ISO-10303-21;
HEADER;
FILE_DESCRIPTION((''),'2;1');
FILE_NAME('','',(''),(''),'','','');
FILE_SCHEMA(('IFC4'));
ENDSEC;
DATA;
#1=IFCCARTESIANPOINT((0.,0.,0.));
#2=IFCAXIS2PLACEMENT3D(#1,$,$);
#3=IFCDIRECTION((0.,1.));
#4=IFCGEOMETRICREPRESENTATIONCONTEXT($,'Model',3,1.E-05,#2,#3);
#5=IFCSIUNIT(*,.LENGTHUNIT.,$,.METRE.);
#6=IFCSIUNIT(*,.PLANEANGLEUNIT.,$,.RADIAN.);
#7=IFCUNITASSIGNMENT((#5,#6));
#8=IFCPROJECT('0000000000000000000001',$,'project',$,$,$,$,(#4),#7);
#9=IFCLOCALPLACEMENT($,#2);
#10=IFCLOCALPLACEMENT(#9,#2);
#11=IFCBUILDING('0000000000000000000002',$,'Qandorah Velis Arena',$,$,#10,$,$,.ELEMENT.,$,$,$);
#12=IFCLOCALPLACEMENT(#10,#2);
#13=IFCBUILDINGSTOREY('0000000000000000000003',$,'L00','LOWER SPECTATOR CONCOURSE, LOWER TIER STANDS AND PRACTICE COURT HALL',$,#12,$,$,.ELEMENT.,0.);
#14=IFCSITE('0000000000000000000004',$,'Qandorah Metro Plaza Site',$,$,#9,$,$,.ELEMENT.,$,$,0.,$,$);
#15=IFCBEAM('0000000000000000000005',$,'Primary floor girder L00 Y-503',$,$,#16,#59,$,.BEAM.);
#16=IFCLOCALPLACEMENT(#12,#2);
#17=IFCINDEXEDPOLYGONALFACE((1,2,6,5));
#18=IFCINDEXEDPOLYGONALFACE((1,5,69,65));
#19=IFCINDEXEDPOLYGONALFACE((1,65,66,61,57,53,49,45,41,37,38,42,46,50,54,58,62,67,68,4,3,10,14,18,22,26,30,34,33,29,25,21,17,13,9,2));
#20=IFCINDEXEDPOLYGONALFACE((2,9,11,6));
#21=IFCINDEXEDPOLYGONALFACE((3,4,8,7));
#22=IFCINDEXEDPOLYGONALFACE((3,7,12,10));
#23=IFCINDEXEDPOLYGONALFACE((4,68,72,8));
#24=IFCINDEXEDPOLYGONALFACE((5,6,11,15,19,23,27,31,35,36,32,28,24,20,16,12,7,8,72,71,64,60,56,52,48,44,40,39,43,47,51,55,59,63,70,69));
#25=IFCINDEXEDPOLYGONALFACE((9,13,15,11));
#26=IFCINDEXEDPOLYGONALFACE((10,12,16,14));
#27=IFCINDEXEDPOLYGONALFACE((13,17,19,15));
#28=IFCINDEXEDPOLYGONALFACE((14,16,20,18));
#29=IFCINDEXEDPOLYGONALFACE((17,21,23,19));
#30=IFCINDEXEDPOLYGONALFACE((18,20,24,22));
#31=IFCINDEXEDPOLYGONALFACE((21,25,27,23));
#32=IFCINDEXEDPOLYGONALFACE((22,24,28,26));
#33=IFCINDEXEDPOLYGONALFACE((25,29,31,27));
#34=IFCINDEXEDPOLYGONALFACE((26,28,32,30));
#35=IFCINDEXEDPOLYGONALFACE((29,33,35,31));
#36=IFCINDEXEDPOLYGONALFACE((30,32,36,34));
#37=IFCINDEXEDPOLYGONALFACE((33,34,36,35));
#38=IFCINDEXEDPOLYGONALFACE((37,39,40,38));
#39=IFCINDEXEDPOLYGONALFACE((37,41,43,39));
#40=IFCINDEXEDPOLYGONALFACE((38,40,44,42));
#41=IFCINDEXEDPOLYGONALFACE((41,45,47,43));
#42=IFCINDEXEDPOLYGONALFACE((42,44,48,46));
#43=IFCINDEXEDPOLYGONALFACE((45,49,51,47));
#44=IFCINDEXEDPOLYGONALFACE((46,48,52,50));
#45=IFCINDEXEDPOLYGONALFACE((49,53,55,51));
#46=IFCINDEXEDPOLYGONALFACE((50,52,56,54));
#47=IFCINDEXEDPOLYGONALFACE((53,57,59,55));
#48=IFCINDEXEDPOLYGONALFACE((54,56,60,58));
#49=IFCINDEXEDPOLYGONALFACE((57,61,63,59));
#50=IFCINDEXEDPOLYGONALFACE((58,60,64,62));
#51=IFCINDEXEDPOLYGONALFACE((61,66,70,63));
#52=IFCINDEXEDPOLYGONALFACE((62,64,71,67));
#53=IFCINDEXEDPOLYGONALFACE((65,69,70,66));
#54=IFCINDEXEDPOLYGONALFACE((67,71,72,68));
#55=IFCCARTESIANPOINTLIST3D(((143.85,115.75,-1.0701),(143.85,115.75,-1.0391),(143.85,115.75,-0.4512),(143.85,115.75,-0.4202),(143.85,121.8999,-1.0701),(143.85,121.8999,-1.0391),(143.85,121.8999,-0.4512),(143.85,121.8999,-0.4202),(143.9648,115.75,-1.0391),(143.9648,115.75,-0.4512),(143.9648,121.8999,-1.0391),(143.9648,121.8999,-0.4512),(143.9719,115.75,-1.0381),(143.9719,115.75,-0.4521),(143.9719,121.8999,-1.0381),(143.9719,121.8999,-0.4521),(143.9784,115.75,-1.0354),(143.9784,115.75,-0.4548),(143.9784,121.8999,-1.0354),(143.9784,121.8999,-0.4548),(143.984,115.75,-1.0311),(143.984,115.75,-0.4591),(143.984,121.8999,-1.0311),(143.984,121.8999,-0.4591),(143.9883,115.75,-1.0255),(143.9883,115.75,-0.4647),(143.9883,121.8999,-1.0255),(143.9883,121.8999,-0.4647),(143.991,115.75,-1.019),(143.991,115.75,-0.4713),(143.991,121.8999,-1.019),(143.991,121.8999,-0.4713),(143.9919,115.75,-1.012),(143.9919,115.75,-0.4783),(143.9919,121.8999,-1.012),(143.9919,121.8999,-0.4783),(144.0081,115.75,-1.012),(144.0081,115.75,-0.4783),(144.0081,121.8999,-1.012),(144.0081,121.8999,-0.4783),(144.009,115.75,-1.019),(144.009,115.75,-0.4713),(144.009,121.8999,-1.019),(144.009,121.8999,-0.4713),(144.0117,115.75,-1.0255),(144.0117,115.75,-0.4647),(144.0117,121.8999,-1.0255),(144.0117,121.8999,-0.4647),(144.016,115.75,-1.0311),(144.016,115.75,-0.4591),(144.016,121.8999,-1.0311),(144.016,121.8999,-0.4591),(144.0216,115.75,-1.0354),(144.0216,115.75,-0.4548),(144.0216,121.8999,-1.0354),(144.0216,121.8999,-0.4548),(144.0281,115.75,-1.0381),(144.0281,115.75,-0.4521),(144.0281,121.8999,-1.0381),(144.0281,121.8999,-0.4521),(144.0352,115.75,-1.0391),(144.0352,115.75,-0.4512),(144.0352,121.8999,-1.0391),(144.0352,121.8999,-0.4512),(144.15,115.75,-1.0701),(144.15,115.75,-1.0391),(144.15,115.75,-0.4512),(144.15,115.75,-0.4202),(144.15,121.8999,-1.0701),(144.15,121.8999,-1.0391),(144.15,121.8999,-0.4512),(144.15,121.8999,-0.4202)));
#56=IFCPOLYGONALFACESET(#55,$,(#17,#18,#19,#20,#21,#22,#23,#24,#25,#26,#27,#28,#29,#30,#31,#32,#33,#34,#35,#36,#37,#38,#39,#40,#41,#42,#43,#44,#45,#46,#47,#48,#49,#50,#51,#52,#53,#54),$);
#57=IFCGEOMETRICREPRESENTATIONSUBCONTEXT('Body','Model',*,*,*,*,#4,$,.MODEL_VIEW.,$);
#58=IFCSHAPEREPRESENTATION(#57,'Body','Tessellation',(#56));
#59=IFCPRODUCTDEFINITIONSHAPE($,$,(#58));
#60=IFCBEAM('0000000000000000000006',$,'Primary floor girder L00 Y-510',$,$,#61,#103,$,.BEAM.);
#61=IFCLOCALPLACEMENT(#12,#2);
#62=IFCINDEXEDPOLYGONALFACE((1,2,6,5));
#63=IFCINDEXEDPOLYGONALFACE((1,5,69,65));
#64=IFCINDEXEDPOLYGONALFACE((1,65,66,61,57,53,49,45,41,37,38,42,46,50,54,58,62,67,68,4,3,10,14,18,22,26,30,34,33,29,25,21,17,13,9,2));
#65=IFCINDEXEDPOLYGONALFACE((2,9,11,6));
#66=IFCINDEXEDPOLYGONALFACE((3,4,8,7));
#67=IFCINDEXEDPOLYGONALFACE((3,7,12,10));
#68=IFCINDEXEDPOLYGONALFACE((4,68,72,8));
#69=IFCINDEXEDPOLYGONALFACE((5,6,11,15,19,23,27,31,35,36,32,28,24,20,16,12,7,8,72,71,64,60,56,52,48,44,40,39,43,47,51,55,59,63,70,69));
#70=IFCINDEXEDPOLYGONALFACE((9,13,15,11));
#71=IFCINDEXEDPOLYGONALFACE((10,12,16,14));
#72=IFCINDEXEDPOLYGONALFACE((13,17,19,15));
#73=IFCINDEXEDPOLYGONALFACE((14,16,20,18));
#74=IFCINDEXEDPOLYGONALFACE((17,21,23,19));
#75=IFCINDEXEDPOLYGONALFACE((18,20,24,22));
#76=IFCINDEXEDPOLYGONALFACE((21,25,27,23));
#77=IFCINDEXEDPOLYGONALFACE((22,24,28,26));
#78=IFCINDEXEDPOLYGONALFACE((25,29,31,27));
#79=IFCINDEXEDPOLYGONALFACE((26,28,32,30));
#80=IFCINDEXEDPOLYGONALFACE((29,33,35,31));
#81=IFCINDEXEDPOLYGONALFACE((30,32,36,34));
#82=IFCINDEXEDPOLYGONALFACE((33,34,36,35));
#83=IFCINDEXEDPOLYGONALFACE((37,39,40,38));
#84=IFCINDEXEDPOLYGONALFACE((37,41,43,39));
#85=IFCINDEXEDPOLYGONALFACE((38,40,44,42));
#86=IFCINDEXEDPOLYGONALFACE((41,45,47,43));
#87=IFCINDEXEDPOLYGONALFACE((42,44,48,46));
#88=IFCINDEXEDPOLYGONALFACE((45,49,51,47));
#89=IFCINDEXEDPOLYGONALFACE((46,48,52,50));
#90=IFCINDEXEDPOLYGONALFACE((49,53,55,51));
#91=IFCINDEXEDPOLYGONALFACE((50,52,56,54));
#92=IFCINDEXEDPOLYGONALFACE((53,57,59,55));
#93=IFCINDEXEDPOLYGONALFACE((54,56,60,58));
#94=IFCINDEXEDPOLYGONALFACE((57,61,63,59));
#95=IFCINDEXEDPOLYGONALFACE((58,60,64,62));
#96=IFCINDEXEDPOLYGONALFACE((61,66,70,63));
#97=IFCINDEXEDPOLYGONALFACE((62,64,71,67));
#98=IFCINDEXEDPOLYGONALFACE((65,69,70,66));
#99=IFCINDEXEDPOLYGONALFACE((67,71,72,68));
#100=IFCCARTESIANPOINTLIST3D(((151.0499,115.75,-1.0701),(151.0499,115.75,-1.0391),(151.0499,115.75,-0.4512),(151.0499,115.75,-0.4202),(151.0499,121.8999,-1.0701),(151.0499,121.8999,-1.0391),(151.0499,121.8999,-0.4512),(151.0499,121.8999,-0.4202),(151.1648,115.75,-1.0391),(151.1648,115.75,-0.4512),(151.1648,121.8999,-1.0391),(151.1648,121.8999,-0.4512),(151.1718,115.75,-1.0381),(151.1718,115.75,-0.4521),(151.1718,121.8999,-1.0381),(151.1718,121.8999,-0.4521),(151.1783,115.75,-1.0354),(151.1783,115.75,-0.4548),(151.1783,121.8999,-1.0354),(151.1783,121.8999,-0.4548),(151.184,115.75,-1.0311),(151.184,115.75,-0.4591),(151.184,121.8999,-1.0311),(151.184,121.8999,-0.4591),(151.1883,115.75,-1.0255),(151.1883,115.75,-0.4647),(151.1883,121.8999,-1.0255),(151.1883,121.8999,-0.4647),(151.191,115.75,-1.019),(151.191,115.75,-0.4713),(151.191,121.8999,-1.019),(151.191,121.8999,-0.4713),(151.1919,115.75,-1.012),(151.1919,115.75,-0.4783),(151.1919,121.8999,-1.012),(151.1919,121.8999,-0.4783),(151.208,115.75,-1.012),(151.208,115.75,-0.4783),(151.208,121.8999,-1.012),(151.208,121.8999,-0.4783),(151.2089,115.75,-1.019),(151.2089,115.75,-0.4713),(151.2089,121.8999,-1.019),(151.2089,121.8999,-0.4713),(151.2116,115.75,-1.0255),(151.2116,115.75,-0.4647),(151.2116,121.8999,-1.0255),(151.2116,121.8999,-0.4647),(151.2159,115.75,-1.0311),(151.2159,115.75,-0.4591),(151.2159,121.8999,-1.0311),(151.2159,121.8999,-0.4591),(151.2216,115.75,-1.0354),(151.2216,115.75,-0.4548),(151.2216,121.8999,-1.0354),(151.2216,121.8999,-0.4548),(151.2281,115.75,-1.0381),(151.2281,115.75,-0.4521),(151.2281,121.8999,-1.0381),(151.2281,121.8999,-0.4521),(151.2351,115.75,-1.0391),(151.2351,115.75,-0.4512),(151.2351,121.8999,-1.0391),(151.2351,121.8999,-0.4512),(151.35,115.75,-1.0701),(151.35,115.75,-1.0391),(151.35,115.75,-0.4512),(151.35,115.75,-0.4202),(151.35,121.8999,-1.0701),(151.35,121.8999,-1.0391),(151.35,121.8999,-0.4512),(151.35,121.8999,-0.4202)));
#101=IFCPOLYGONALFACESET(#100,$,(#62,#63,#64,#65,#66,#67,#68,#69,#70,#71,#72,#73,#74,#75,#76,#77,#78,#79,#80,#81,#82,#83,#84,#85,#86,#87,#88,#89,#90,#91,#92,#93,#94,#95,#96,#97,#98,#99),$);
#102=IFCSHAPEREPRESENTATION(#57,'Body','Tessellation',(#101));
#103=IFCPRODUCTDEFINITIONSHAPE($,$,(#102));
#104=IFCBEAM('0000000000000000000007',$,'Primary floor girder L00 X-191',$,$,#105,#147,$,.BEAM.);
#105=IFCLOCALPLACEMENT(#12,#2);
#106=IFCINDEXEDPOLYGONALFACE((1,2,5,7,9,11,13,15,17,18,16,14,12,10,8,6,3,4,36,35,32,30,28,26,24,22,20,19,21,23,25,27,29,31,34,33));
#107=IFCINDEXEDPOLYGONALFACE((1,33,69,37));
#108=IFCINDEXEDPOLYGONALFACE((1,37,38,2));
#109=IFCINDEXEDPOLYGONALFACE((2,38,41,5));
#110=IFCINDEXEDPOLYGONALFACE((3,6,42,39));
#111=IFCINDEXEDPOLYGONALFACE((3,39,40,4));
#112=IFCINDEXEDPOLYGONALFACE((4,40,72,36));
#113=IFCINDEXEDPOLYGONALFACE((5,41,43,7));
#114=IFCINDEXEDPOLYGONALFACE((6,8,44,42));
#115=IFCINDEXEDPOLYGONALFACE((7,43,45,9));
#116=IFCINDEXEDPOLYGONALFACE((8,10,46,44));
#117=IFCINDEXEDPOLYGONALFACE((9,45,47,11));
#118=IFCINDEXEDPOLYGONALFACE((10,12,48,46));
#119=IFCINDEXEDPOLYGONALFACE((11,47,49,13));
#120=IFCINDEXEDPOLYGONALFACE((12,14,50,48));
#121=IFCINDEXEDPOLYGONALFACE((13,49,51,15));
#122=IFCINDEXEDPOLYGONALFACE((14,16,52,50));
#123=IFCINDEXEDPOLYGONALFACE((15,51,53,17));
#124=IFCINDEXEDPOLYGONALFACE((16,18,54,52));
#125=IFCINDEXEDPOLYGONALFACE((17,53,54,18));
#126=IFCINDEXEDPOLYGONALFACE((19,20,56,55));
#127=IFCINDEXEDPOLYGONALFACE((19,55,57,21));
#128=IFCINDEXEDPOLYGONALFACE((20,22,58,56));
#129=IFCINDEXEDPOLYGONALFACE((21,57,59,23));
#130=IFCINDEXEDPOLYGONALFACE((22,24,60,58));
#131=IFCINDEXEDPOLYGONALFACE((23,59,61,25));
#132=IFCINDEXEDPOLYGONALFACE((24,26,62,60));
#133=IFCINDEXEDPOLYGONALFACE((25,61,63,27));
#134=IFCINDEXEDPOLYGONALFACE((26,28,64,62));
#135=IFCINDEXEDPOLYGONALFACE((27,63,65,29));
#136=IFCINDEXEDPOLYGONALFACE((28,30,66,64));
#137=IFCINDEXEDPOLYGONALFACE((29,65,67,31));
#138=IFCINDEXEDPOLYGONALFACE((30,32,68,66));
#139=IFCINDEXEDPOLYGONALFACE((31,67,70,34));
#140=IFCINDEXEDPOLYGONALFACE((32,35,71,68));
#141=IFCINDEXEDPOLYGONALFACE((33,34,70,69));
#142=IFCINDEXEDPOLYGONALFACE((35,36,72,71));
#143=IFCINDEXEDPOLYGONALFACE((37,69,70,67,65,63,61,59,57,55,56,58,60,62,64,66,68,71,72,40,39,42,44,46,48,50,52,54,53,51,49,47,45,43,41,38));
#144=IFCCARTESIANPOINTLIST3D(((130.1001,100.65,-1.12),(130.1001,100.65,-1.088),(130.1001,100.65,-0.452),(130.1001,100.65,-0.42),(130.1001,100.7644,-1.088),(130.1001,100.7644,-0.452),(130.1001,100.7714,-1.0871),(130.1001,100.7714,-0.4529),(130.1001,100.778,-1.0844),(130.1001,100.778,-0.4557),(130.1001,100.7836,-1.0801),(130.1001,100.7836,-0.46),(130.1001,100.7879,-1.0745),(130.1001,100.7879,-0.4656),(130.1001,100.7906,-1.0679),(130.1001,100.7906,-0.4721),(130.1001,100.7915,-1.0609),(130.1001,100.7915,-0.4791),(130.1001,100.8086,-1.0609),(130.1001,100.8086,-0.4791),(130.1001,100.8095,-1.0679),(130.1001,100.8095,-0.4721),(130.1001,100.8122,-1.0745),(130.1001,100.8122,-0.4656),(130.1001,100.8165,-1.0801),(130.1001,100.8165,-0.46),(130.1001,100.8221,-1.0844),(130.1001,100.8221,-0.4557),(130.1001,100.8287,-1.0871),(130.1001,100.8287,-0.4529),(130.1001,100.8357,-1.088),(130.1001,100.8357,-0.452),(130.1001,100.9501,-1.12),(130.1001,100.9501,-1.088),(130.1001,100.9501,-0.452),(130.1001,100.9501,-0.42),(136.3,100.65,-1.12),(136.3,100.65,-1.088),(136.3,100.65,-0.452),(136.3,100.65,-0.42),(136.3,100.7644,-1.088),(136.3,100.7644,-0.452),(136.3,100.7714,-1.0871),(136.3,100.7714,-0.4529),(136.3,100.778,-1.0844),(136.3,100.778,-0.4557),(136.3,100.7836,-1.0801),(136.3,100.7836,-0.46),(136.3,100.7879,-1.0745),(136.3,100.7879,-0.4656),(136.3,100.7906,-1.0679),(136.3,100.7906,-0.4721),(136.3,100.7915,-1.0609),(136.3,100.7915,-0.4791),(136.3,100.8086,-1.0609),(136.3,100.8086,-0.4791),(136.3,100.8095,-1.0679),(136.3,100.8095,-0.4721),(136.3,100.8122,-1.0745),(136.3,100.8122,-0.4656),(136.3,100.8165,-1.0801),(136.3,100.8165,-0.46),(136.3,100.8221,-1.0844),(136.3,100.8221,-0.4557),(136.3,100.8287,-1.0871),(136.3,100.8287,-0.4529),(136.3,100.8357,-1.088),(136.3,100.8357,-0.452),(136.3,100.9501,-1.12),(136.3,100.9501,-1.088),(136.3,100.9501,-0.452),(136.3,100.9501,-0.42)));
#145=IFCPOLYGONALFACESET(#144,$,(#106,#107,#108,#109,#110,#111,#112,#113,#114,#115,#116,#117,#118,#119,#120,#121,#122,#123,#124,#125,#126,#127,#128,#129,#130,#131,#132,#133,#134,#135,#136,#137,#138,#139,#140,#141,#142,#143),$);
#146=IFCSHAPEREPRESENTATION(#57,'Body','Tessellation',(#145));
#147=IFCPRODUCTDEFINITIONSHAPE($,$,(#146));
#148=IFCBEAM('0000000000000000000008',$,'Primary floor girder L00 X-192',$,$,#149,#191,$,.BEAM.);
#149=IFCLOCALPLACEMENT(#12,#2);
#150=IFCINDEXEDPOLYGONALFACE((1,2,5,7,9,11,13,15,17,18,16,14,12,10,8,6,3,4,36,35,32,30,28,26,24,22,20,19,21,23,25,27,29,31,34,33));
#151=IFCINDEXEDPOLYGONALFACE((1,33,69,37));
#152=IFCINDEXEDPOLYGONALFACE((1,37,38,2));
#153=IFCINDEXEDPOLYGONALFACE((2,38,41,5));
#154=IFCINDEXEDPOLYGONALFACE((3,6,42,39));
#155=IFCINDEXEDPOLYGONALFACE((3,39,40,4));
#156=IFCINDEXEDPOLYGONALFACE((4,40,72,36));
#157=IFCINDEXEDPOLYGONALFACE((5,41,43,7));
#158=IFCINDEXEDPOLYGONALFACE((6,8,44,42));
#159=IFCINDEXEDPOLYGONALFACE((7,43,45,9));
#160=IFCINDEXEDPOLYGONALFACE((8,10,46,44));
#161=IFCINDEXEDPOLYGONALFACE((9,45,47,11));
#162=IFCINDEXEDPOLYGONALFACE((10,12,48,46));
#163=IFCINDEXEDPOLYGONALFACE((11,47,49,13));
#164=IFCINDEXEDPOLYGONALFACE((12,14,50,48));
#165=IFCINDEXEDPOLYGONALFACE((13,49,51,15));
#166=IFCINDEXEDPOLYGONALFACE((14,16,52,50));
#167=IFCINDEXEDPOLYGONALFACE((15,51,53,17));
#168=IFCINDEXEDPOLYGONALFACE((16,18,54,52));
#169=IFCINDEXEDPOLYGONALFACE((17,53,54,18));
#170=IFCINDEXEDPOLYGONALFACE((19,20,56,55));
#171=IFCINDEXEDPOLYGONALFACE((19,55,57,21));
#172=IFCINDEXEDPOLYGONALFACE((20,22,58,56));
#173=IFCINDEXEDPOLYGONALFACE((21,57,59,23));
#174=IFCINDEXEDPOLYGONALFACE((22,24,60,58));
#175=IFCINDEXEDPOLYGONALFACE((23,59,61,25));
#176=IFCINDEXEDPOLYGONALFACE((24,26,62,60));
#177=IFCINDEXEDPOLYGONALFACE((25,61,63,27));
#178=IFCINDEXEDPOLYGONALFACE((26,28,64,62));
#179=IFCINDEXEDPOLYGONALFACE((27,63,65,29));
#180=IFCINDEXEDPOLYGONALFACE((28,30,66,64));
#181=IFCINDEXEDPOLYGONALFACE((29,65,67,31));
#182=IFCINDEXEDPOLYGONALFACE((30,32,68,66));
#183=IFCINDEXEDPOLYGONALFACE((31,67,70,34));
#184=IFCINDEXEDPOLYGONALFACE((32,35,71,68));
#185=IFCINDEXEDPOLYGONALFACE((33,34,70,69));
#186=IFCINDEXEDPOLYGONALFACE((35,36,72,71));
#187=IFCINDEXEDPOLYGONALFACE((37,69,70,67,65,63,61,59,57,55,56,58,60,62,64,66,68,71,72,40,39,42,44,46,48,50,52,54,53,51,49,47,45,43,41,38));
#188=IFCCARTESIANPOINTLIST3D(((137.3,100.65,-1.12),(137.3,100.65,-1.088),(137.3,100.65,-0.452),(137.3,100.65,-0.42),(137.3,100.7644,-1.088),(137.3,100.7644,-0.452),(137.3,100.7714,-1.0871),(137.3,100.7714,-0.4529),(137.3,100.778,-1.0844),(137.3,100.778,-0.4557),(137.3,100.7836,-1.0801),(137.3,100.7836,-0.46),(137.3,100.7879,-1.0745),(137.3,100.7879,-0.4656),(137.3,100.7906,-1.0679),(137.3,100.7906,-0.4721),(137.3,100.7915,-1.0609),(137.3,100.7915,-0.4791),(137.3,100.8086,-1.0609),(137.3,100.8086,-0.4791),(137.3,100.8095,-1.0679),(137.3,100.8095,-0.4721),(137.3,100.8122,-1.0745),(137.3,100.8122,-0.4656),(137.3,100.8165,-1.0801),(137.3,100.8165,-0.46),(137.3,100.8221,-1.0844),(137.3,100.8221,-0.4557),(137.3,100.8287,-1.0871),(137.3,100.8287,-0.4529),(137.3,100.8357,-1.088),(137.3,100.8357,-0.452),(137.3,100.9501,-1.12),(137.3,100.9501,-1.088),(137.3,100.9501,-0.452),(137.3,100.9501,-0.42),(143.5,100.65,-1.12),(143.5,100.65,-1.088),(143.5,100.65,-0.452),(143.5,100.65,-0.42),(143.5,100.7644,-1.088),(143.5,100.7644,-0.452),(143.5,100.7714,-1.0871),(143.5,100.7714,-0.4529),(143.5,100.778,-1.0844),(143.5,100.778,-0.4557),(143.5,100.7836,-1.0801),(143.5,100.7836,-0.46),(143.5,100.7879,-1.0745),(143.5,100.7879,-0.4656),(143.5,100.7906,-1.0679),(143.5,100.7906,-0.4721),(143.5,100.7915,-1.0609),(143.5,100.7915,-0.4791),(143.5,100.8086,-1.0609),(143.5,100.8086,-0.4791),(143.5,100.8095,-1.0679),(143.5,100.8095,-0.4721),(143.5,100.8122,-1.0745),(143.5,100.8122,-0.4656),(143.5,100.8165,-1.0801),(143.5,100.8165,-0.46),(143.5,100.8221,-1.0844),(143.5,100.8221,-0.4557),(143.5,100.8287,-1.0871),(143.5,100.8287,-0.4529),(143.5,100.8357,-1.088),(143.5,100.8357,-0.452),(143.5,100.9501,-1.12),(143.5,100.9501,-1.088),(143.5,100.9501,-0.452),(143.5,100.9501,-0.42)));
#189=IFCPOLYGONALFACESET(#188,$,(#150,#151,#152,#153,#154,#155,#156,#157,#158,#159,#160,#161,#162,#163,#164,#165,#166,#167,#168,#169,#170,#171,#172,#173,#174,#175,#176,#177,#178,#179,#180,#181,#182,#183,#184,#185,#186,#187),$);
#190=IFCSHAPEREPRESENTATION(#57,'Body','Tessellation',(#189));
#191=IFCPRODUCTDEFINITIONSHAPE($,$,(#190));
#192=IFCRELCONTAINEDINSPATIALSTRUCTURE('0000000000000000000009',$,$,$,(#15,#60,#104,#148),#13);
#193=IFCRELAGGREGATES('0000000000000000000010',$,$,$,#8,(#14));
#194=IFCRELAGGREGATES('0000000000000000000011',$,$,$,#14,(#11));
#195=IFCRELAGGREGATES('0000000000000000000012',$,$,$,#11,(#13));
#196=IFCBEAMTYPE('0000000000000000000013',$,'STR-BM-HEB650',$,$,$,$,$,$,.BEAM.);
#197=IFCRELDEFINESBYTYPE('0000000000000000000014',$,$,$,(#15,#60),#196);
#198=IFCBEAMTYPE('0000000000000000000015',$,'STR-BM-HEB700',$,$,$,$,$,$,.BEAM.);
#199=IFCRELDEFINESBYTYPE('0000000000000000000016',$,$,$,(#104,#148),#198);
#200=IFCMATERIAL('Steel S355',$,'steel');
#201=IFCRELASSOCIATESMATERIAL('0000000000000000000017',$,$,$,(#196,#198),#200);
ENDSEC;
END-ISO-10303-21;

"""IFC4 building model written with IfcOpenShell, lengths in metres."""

from ifc_helpers import new_model, si_unit, direction, frame, origin, origin_2d, place, context, subcontext, project, spatial, i_section, extrude, material, material_profile, profile_set, type_object, element, save


model = new_model("IFC4")

# Units and contexts
model_context = context("Model", 3, precision=1e-05, world=origin(), true_north=direction((0.0, 1.0)))
body_context = subcontext(model_context, "Body", "Model", "MODEL_VIEW")
ifc_project = project(units=[si_unit("LENGTHUNIT", "METRE"), si_unit("PLANEANGLEUNIT", "RADIAN")], contexts=[model_context])

# Site, building, storey
site_placement = place(None, origin())
site = spatial("IfcSite", under=ifc_project, at=site_placement, Name="Qandorah Metro Plaza Site", CompositionType="ELEMENT", RefElevation=0.0)
building_placement = place(site_placement, origin())
building = spatial("IfcBuilding", under=site, at=building_placement, Name="Qandorah Velis Arena", CompositionType="ELEMENT")
storey_placement = place(building_placement, origin())
storey = spatial("IfcBuildingStorey", under=building, at=storey_placement, Name="L00", Description="LOWER SPECTATOR CONCOURSE, LOWER TIER STANDS AND PRACTICE COURT HALL", CompositionType="ELEMENT", Elevation=0.0)

# Beams
ifc_material_1 = material(Name="Steel S355", Category="steel")
ifc_material_profile_1 = material_profile(ifc_material_1, i_section(OverallWidth=0.3, OverallDepth=0.6499, WebThickness=0.0161, FlangeThickness=0.031, FilletRadius=0.0271, at=origin_2d()), Name="HEB 650")
ifc_profile_set_1 = profile_set([ifc_material_profile_1], Name="Steel S355")
beam_type_1 = type_object("IfcBeamType", Name="STR-BM-HEB650", PredefinedType="BEAM", material=ifc_profile_set_1)
for number, where, z_axis, x_axis, name in (
    (1, (144.0, 115.75, -0.7451), (0.0, 1.0, 0.0), (-1.0, 0.0, 0.0), "Primary floor girder L00 Y-503"),
    (2, (151.2, 115.75, -0.7451), (0.0, 1.0, 0.0), (-1.0, 0.0, 0.0), "Primary floor girder L00 Y-510"),
):
    element("IfcBeam", number, at=place(storey_placement, frame(where, z_axis=z_axis, x_axis=x_axis)), inside=storey, type_object=beam_type_1, Name=name, PredefinedType="BEAM", context=body_context, shape_type="SweptSolid", body=[
        extrude(i_section(OverallWidth=0.3, OverallDepth=0.6499, WebThickness=0.0161, FlangeThickness=0.031, FilletRadius=0.0271, at=origin_2d()), origin(), (0.0, 0.0, 1.0), 6.1499),
    ])
ifc_material_profile_2 = material_profile(ifc_material_1, i_section(OverallWidth=0.3, OverallDepth=0.7, WebThickness=0.0171, FlangeThickness=0.032, FilletRadius=0.0271, at=origin_2d()), Name="HEB 700")
ifc_profile_set_2 = profile_set([ifc_material_profile_2], Name="Steel S355")
beam_type_2 = type_object("IfcBeamType", Name="STR-BM-HEB700", PredefinedType="BEAM", material=ifc_profile_set_2)
for number, where, z_axis, x_axis, name in (
    (3, (130.1001, 100.8, -0.77), (1.0, 0.0, 0.0), (0.0, 1.0, 0.0), "Primary floor girder L00 X-191"),
    (4, (137.3, 100.8, -0.77), (1.0, 0.0, 0.0), (0.0, 1.0, 0.0), "Primary floor girder L00 X-192"),
):
    element("IfcBeam", number, at=place(storey_placement, frame(where, z_axis=z_axis, x_axis=x_axis)), inside=storey, type_object=beam_type_2, Name=name, PredefinedType="BEAM", context=body_context, shape_type="SweptSolid", body=[
        extrude(i_section(OverallWidth=0.3, OverallDepth=0.7, WebThickness=0.0171, FlangeThickness=0.032, FilletRadius=0.0271, at=origin_2d()), origin(), (0.0, 0.0, 1.0), 6.2),
    ])

save(model, "model.ifc")
